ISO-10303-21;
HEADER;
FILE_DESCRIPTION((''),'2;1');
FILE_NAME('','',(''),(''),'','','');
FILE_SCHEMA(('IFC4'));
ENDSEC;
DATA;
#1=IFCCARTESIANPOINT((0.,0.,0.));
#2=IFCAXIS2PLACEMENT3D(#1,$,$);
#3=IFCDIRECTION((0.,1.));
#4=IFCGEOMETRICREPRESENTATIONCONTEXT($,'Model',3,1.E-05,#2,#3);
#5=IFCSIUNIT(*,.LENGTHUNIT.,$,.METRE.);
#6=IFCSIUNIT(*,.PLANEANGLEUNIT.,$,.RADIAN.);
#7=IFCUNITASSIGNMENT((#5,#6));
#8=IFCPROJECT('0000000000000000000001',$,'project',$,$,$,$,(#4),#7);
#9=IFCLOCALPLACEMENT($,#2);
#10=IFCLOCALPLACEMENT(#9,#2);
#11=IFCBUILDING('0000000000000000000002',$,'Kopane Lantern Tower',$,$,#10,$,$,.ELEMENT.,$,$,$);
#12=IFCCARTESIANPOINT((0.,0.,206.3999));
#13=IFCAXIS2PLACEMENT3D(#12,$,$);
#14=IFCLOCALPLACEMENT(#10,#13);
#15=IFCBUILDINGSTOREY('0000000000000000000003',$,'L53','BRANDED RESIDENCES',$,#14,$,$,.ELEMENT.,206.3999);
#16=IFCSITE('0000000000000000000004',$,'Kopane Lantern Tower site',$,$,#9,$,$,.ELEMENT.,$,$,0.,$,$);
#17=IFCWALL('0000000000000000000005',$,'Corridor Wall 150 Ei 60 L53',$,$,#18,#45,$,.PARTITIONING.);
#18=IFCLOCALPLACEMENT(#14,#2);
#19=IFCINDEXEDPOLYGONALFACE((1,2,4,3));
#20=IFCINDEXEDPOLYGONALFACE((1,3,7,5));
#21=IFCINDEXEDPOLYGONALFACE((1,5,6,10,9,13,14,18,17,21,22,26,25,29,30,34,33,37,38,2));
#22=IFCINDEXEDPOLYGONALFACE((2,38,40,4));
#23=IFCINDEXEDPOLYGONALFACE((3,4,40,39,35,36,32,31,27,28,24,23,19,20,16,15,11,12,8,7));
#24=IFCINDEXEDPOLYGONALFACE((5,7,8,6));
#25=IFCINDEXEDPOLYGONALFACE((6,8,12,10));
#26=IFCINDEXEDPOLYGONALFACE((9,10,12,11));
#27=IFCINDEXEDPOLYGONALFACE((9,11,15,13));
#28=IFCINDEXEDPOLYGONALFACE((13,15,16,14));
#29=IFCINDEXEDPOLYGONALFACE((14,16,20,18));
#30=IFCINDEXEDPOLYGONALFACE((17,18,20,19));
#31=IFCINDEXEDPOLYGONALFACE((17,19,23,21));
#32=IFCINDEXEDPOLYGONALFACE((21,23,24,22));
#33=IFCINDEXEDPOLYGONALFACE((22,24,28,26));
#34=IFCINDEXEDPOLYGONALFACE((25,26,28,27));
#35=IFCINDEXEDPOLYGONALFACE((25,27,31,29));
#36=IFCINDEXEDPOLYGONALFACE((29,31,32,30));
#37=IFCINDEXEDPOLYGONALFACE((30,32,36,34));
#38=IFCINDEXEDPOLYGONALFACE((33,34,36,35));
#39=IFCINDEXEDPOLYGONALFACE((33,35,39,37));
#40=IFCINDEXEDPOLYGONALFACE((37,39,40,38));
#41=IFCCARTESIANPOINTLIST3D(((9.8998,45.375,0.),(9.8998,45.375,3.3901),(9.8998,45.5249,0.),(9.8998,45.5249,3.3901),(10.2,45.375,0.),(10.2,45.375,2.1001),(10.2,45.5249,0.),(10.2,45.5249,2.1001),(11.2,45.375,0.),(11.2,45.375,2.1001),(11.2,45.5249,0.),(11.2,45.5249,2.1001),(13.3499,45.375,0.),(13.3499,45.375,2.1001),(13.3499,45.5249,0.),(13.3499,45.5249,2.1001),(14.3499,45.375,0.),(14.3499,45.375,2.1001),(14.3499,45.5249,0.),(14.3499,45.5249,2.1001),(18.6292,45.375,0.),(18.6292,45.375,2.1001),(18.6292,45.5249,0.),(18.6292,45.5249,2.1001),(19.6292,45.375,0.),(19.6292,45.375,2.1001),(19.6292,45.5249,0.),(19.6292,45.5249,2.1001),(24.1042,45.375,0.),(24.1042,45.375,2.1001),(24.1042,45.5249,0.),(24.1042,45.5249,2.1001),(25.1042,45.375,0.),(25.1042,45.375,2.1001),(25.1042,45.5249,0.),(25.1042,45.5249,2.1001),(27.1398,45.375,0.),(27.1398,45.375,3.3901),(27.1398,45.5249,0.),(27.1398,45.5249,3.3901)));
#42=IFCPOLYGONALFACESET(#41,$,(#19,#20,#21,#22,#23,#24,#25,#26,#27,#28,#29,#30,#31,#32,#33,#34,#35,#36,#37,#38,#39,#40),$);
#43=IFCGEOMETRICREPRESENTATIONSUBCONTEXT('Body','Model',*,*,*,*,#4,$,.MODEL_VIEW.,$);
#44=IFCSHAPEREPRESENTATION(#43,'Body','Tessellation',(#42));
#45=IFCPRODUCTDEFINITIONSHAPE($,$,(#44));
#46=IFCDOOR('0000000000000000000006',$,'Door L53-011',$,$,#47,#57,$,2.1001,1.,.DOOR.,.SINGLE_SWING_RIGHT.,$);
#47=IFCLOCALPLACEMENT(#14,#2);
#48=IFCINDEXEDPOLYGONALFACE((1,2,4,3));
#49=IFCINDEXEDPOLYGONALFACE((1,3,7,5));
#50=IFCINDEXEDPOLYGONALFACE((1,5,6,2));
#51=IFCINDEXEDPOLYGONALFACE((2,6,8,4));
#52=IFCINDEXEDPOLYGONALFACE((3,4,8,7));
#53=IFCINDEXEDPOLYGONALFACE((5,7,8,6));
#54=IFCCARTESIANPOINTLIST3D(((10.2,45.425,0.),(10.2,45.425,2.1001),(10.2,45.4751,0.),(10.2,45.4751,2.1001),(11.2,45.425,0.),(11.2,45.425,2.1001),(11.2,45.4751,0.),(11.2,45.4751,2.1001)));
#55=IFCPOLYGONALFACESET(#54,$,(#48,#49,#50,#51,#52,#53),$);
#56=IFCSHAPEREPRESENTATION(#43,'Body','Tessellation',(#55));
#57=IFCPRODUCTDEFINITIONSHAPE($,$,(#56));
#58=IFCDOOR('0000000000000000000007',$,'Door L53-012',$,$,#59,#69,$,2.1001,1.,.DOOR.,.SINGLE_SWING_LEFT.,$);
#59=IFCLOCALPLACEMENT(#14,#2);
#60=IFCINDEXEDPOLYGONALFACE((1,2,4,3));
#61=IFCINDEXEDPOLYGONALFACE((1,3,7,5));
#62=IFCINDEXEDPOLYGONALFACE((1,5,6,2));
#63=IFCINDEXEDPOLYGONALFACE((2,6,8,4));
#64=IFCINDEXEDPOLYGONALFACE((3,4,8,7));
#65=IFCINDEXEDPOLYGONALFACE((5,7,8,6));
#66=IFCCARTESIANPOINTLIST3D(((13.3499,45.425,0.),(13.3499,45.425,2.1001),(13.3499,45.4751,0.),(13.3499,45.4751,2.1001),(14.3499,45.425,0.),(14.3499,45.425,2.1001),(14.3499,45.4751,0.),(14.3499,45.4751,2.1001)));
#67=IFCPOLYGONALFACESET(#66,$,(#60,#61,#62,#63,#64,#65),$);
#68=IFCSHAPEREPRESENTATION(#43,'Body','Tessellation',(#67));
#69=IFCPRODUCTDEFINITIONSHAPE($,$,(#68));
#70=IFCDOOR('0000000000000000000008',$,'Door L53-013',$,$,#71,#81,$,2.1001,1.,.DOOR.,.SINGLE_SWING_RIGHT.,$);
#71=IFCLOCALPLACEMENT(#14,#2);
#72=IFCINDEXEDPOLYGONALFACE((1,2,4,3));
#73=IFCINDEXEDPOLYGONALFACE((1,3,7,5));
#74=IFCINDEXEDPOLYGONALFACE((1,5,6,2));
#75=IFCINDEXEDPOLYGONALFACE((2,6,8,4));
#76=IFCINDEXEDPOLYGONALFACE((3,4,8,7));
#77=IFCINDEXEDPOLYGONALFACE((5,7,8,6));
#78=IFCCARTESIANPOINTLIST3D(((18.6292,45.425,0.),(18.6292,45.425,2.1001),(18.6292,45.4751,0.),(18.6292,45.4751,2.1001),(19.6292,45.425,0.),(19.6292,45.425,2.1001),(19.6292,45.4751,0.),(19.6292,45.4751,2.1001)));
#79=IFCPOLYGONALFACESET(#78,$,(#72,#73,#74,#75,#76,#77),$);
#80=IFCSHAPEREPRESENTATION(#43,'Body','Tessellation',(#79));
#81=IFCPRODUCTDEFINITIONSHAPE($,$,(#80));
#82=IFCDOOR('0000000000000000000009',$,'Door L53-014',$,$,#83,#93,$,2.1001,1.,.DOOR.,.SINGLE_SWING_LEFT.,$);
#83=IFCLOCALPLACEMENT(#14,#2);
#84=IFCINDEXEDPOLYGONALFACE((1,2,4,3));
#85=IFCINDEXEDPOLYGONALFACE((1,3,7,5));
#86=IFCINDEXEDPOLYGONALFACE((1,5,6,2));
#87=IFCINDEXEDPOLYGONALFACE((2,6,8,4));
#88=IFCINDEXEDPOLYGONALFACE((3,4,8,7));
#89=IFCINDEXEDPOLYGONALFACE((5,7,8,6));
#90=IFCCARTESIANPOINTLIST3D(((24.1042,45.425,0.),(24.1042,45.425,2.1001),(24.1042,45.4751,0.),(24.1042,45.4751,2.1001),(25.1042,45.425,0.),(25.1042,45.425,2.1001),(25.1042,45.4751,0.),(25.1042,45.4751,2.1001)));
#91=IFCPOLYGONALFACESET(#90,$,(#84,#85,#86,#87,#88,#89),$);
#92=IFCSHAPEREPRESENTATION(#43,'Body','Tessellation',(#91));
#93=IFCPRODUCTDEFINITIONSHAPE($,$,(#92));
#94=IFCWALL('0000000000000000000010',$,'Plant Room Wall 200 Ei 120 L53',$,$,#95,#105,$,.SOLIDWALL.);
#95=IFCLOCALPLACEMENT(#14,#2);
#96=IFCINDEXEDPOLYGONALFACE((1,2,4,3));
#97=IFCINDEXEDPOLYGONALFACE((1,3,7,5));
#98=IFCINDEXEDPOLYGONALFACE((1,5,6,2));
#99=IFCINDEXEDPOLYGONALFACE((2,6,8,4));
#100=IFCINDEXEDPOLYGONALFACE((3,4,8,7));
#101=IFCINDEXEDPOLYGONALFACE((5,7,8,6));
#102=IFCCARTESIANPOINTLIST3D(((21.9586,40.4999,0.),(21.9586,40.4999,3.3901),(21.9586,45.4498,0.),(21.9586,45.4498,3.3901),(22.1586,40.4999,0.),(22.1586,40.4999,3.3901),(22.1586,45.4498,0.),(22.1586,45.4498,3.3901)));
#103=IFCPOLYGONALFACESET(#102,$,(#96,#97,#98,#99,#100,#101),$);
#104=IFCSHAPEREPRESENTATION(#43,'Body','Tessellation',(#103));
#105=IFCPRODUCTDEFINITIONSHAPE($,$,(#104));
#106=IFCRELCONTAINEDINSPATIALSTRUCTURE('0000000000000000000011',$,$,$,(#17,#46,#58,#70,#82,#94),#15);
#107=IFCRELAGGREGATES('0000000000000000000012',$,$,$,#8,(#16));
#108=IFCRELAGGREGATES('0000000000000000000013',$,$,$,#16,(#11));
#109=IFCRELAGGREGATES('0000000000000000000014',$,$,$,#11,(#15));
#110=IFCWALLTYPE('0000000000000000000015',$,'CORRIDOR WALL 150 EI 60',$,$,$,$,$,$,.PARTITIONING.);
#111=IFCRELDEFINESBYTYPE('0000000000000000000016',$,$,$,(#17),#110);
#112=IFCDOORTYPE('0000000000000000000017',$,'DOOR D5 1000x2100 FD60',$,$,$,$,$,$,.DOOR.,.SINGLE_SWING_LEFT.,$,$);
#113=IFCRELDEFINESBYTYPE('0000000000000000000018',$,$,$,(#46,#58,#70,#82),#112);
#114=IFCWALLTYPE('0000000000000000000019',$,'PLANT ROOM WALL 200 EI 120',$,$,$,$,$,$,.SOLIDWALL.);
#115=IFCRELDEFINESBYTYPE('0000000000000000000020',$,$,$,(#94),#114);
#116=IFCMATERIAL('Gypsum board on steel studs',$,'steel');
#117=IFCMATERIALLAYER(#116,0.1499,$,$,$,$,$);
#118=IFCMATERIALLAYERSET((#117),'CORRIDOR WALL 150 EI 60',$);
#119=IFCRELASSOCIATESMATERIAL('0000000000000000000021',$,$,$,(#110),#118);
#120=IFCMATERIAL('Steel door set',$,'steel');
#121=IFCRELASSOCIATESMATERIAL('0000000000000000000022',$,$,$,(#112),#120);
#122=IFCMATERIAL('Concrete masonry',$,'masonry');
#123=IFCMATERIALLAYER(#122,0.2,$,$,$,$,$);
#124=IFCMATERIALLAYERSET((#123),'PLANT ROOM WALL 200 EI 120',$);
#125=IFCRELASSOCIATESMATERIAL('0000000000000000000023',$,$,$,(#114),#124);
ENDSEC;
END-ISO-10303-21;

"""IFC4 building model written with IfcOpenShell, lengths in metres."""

from ifc_helpers import new_model, si_unit, direction, frame, frame_2d, origin, place, context, subcontext, project, spatial, rectangle, extrude, material, layer, layer_set, type_object, element, fill, save


model = new_model("IFC4")

# Units and contexts
model_context = context("Model", 3, precision=1e-05, world=origin(), true_north=direction((0.0, 1.0)))
body_context = subcontext(model_context, "Body", "Model", "MODEL_VIEW")
ifc_project = project(units=[si_unit("LENGTHUNIT", "METRE"), si_unit("PLANEANGLEUNIT", "RADIAN")], contexts=[model_context])

# Site, building, storey
site_placement = place(None, origin())
site = spatial("IfcSite", under=ifc_project, at=site_placement, Name="Kopane Lantern Tower site", CompositionType="ELEMENT", RefElevation=0.0)
building_placement = place(site_placement, origin())
building = spatial("IfcBuilding", under=site, at=building_placement, Name="Kopane Lantern Tower", CompositionType="ELEMENT")
storey_placement = place(building_placement, frame((0.0, 0.0, 206.3999)))
storey = spatial("IfcBuildingStorey", under=building, at=storey_placement, Name="L53", Description="BRANDED RESIDENCES", CompositionType="ELEMENT", Elevation=206.3999)

# Wall, openings, doors
ifc_material_1 = material(Name="Gypsum board on steel studs", Category="steel")
ifc_layer_1 = layer(ifc_material_1, 0.1499)
ifc_layer_set_1 = layer_set([ifc_layer_1], Name="CORRIDOR WALL 150 EI 60")
wall_type_1 = type_object("IfcWallType", Name="CORRIDOR WALL 150 EI 60", PredefinedType="PARTITIONING", material=ifc_layer_set_1)
wall_1_placement = place(storey_placement, frame((27.1399, 45.45, 0.0), z_axis=(0.0, 0.0, 1.0), x_axis=(-1.0, 0.0, 0.0)))
wall_1 = element("IfcWall", 1, at=wall_1_placement, inside=storey, type_object=wall_type_1, Name="Corridor Wall 150 Ei 60 L53", PredefinedType="PARTITIONING", context=body_context, shape_type="SweptSolid", body=[
    extrude(rectangle(XDim=17.24, YDim=0.1499, at=frame_2d((8.6201, 0.0))), origin(), (0.0, 0.0, 1.0), 3.3901),
])
opening_1_placement = place(wall_1_placement, frame((15.9399, 0.0, 0.0)))
opening_1 = element("IfcOpeningElement", 2, at=opening_1_placement, cuts=wall_1, PredefinedType="OPENING", context=body_context, shape_type="SweptSolid", body=[
    extrude(rectangle(XDim=1.0, YDim=2.1001, at=frame_2d((0.5, 1.05))), frame((0.0, 0.085, 0.0), z_axis=(0.0, -1.0, 0.0), x_axis=(1.0, 0.0, 0.0)), (0.0, 0.0, 1.0), 0.1699),
])
opening_2_placement = place(wall_1_placement, frame((12.79, 0.0, 0.0)))
opening_2 = element("IfcOpeningElement", 3, at=opening_2_placement, cuts=wall_1, PredefinedType="OPENING", context=body_context, shape_type="SweptSolid", body=[
    extrude(rectangle(XDim=1.0, YDim=2.1001, at=frame_2d((0.5, 1.05))), frame((0.0, 0.085, 0.0), z_axis=(0.0, -1.0, 0.0), x_axis=(1.0, 0.0, 0.0)), (0.0, 0.0, 1.0), 0.1699),
])
opening_3_placement = place(wall_1_placement, frame((7.5107, 0.0, 0.0)))
opening_3 = element("IfcOpeningElement", 4, at=opening_3_placement, cuts=wall_1, PredefinedType="OPENING", context=body_context, shape_type="SweptSolid", body=[
    extrude(rectangle(XDim=1.0, YDim=2.1001, at=frame_2d((0.5, 1.05))), frame((0.0, 0.085, 0.0), z_axis=(0.0, -1.0, 0.0), x_axis=(1.0, 0.0, 0.0)), (0.0, 0.0, 1.0), 0.1699),
])
opening_4_placement = place(wall_1_placement, frame((2.0356, 0.0, 0.0)))
opening_4 = element("IfcOpeningElement", 5, at=opening_4_placement, cuts=wall_1, PredefinedType="OPENING", context=body_context, shape_type="SweptSolid", body=[
    extrude(rectangle(XDim=1.0, YDim=2.1001, at=frame_2d((0.5, 1.05))), frame((0.0, 0.085, 0.0), z_axis=(0.0, -1.0, 0.0), x_axis=(1.0, 0.0, 0.0)), (0.0, 0.0, 1.0), 0.1699),
])
ifc_material_2 = material(Name="Steel door set", Category="steel")
door_type = type_object("IfcDoorType", Name="DOOR D5 1000x2100 FD60", OperationType="SINGLE_SWING_LEFT", PredefinedType="DOOR", material=ifc_material_2)
door_1_placement = place(opening_1_placement, origin())
door_1 = element("IfcDoor", 6, at=door_1_placement, inside=storey, type_object=door_type, Name="Door L53-011", OperationType="SINGLE_SWING_RIGHT", OverallHeight=2.1001, OverallWidth=1.0, PredefinedType="DOOR", context=body_context, shape_type="SweptSolid", body=[
    extrude(rectangle(XDim=1.0, YDim=2.1001, at=frame_2d((0.5, 1.05))), frame((0.0, 0.0249, 0.0), z_axis=(0.0, -1.0, 0.0), x_axis=(1.0, 0.0, 0.0)), (0.0, 0.0, 1.0), 0.05),
])
fill(opening_1, door_1)
door_2_placement = place(opening_2_placement, origin())
door_2 = element("IfcDoor", 7, at=door_2_placement, inside=storey, type_object=door_type, Name="Door L53-012", OperationType="SINGLE_SWING_LEFT", OverallHeight=2.1001, OverallWidth=1.0, PredefinedType="DOOR", context=body_context, shape_type="SweptSolid", body=[
    extrude(rectangle(XDim=1.0, YDim=2.1001, at=frame_2d((0.5, 1.05))), frame((0.0, 0.0249, 0.0), z_axis=(0.0, -1.0, 0.0), x_axis=(1.0, 0.0, 0.0)), (0.0, 0.0, 1.0), 0.05),
])
fill(opening_2, door_2)
door_3_placement = place(opening_3_placement, origin())
door_3 = element("IfcDoor", 8, at=door_3_placement, inside=storey, type_object=door_type, Name="Door L53-013", OperationType="SINGLE_SWING_RIGHT", OverallHeight=2.1001, OverallWidth=1.0, PredefinedType="DOOR", context=body_context, shape_type="SweptSolid", body=[
    extrude(rectangle(XDim=1.0, YDim=2.1001, at=frame_2d((0.5, 1.05))), frame((0.0, 0.0249, 0.0), z_axis=(0.0, -1.0, 0.0), x_axis=(1.0, 0.0, 0.0)), (0.0, 0.0, 1.0), 0.05),
])
fill(opening_3, door_3)
door_4_placement = place(opening_4_placement, origin())
door_4 = element("IfcDoor", 9, at=door_4_placement, inside=storey, type_object=door_type, Name="Door L53-014", OperationType="SINGLE_SWING_LEFT", OverallHeight=2.1001, OverallWidth=1.0, PredefinedType="DOOR", context=body_context, shape_type="SweptSolid", body=[
    extrude(rectangle(XDim=1.0, YDim=2.1001, at=frame_2d((0.5, 1.05))), frame((0.0, 0.0249, 0.0), z_axis=(0.0, -1.0, 0.0), x_axis=(1.0, 0.0, 0.0)), (0.0, 0.0, 1.0), 0.05),
])
fill(opening_4, door_4)

# Wall
ifc_material_3 = material(Name="Concrete masonry", Category="masonry")
ifc_layer_2 = layer(ifc_material_3, 0.2)
ifc_layer_set_2 = layer_set([ifc_layer_2], Name="PLANT ROOM WALL 200 EI 120")
wall_type_2 = type_object("IfcWallType", Name="PLANT ROOM WALL 200 EI 120", PredefinedType="SOLIDWALL", material=ifc_layer_set_2)
wall_2_placement = place(storey_placement, frame((22.0586, 45.45, 0.0), z_axis=(0.0, 0.0, 1.0), x_axis=(0.0, -1.0, 0.0)))
element("IfcWall", 10, at=wall_2_placement, inside=storey, type_object=wall_type_2, Name="Plant Room Wall 200 Ei 120 L53", PredefinedType="SOLIDWALL", context=body_context, shape_type="SweptSolid", body=[
    extrude(rectangle(XDim=4.95, YDim=0.2, at=frame_2d((2.4751, 0.0))), origin(), (0.0, 0.0, 1.0), 3.3901),
])

save(model, "model.ifc")
